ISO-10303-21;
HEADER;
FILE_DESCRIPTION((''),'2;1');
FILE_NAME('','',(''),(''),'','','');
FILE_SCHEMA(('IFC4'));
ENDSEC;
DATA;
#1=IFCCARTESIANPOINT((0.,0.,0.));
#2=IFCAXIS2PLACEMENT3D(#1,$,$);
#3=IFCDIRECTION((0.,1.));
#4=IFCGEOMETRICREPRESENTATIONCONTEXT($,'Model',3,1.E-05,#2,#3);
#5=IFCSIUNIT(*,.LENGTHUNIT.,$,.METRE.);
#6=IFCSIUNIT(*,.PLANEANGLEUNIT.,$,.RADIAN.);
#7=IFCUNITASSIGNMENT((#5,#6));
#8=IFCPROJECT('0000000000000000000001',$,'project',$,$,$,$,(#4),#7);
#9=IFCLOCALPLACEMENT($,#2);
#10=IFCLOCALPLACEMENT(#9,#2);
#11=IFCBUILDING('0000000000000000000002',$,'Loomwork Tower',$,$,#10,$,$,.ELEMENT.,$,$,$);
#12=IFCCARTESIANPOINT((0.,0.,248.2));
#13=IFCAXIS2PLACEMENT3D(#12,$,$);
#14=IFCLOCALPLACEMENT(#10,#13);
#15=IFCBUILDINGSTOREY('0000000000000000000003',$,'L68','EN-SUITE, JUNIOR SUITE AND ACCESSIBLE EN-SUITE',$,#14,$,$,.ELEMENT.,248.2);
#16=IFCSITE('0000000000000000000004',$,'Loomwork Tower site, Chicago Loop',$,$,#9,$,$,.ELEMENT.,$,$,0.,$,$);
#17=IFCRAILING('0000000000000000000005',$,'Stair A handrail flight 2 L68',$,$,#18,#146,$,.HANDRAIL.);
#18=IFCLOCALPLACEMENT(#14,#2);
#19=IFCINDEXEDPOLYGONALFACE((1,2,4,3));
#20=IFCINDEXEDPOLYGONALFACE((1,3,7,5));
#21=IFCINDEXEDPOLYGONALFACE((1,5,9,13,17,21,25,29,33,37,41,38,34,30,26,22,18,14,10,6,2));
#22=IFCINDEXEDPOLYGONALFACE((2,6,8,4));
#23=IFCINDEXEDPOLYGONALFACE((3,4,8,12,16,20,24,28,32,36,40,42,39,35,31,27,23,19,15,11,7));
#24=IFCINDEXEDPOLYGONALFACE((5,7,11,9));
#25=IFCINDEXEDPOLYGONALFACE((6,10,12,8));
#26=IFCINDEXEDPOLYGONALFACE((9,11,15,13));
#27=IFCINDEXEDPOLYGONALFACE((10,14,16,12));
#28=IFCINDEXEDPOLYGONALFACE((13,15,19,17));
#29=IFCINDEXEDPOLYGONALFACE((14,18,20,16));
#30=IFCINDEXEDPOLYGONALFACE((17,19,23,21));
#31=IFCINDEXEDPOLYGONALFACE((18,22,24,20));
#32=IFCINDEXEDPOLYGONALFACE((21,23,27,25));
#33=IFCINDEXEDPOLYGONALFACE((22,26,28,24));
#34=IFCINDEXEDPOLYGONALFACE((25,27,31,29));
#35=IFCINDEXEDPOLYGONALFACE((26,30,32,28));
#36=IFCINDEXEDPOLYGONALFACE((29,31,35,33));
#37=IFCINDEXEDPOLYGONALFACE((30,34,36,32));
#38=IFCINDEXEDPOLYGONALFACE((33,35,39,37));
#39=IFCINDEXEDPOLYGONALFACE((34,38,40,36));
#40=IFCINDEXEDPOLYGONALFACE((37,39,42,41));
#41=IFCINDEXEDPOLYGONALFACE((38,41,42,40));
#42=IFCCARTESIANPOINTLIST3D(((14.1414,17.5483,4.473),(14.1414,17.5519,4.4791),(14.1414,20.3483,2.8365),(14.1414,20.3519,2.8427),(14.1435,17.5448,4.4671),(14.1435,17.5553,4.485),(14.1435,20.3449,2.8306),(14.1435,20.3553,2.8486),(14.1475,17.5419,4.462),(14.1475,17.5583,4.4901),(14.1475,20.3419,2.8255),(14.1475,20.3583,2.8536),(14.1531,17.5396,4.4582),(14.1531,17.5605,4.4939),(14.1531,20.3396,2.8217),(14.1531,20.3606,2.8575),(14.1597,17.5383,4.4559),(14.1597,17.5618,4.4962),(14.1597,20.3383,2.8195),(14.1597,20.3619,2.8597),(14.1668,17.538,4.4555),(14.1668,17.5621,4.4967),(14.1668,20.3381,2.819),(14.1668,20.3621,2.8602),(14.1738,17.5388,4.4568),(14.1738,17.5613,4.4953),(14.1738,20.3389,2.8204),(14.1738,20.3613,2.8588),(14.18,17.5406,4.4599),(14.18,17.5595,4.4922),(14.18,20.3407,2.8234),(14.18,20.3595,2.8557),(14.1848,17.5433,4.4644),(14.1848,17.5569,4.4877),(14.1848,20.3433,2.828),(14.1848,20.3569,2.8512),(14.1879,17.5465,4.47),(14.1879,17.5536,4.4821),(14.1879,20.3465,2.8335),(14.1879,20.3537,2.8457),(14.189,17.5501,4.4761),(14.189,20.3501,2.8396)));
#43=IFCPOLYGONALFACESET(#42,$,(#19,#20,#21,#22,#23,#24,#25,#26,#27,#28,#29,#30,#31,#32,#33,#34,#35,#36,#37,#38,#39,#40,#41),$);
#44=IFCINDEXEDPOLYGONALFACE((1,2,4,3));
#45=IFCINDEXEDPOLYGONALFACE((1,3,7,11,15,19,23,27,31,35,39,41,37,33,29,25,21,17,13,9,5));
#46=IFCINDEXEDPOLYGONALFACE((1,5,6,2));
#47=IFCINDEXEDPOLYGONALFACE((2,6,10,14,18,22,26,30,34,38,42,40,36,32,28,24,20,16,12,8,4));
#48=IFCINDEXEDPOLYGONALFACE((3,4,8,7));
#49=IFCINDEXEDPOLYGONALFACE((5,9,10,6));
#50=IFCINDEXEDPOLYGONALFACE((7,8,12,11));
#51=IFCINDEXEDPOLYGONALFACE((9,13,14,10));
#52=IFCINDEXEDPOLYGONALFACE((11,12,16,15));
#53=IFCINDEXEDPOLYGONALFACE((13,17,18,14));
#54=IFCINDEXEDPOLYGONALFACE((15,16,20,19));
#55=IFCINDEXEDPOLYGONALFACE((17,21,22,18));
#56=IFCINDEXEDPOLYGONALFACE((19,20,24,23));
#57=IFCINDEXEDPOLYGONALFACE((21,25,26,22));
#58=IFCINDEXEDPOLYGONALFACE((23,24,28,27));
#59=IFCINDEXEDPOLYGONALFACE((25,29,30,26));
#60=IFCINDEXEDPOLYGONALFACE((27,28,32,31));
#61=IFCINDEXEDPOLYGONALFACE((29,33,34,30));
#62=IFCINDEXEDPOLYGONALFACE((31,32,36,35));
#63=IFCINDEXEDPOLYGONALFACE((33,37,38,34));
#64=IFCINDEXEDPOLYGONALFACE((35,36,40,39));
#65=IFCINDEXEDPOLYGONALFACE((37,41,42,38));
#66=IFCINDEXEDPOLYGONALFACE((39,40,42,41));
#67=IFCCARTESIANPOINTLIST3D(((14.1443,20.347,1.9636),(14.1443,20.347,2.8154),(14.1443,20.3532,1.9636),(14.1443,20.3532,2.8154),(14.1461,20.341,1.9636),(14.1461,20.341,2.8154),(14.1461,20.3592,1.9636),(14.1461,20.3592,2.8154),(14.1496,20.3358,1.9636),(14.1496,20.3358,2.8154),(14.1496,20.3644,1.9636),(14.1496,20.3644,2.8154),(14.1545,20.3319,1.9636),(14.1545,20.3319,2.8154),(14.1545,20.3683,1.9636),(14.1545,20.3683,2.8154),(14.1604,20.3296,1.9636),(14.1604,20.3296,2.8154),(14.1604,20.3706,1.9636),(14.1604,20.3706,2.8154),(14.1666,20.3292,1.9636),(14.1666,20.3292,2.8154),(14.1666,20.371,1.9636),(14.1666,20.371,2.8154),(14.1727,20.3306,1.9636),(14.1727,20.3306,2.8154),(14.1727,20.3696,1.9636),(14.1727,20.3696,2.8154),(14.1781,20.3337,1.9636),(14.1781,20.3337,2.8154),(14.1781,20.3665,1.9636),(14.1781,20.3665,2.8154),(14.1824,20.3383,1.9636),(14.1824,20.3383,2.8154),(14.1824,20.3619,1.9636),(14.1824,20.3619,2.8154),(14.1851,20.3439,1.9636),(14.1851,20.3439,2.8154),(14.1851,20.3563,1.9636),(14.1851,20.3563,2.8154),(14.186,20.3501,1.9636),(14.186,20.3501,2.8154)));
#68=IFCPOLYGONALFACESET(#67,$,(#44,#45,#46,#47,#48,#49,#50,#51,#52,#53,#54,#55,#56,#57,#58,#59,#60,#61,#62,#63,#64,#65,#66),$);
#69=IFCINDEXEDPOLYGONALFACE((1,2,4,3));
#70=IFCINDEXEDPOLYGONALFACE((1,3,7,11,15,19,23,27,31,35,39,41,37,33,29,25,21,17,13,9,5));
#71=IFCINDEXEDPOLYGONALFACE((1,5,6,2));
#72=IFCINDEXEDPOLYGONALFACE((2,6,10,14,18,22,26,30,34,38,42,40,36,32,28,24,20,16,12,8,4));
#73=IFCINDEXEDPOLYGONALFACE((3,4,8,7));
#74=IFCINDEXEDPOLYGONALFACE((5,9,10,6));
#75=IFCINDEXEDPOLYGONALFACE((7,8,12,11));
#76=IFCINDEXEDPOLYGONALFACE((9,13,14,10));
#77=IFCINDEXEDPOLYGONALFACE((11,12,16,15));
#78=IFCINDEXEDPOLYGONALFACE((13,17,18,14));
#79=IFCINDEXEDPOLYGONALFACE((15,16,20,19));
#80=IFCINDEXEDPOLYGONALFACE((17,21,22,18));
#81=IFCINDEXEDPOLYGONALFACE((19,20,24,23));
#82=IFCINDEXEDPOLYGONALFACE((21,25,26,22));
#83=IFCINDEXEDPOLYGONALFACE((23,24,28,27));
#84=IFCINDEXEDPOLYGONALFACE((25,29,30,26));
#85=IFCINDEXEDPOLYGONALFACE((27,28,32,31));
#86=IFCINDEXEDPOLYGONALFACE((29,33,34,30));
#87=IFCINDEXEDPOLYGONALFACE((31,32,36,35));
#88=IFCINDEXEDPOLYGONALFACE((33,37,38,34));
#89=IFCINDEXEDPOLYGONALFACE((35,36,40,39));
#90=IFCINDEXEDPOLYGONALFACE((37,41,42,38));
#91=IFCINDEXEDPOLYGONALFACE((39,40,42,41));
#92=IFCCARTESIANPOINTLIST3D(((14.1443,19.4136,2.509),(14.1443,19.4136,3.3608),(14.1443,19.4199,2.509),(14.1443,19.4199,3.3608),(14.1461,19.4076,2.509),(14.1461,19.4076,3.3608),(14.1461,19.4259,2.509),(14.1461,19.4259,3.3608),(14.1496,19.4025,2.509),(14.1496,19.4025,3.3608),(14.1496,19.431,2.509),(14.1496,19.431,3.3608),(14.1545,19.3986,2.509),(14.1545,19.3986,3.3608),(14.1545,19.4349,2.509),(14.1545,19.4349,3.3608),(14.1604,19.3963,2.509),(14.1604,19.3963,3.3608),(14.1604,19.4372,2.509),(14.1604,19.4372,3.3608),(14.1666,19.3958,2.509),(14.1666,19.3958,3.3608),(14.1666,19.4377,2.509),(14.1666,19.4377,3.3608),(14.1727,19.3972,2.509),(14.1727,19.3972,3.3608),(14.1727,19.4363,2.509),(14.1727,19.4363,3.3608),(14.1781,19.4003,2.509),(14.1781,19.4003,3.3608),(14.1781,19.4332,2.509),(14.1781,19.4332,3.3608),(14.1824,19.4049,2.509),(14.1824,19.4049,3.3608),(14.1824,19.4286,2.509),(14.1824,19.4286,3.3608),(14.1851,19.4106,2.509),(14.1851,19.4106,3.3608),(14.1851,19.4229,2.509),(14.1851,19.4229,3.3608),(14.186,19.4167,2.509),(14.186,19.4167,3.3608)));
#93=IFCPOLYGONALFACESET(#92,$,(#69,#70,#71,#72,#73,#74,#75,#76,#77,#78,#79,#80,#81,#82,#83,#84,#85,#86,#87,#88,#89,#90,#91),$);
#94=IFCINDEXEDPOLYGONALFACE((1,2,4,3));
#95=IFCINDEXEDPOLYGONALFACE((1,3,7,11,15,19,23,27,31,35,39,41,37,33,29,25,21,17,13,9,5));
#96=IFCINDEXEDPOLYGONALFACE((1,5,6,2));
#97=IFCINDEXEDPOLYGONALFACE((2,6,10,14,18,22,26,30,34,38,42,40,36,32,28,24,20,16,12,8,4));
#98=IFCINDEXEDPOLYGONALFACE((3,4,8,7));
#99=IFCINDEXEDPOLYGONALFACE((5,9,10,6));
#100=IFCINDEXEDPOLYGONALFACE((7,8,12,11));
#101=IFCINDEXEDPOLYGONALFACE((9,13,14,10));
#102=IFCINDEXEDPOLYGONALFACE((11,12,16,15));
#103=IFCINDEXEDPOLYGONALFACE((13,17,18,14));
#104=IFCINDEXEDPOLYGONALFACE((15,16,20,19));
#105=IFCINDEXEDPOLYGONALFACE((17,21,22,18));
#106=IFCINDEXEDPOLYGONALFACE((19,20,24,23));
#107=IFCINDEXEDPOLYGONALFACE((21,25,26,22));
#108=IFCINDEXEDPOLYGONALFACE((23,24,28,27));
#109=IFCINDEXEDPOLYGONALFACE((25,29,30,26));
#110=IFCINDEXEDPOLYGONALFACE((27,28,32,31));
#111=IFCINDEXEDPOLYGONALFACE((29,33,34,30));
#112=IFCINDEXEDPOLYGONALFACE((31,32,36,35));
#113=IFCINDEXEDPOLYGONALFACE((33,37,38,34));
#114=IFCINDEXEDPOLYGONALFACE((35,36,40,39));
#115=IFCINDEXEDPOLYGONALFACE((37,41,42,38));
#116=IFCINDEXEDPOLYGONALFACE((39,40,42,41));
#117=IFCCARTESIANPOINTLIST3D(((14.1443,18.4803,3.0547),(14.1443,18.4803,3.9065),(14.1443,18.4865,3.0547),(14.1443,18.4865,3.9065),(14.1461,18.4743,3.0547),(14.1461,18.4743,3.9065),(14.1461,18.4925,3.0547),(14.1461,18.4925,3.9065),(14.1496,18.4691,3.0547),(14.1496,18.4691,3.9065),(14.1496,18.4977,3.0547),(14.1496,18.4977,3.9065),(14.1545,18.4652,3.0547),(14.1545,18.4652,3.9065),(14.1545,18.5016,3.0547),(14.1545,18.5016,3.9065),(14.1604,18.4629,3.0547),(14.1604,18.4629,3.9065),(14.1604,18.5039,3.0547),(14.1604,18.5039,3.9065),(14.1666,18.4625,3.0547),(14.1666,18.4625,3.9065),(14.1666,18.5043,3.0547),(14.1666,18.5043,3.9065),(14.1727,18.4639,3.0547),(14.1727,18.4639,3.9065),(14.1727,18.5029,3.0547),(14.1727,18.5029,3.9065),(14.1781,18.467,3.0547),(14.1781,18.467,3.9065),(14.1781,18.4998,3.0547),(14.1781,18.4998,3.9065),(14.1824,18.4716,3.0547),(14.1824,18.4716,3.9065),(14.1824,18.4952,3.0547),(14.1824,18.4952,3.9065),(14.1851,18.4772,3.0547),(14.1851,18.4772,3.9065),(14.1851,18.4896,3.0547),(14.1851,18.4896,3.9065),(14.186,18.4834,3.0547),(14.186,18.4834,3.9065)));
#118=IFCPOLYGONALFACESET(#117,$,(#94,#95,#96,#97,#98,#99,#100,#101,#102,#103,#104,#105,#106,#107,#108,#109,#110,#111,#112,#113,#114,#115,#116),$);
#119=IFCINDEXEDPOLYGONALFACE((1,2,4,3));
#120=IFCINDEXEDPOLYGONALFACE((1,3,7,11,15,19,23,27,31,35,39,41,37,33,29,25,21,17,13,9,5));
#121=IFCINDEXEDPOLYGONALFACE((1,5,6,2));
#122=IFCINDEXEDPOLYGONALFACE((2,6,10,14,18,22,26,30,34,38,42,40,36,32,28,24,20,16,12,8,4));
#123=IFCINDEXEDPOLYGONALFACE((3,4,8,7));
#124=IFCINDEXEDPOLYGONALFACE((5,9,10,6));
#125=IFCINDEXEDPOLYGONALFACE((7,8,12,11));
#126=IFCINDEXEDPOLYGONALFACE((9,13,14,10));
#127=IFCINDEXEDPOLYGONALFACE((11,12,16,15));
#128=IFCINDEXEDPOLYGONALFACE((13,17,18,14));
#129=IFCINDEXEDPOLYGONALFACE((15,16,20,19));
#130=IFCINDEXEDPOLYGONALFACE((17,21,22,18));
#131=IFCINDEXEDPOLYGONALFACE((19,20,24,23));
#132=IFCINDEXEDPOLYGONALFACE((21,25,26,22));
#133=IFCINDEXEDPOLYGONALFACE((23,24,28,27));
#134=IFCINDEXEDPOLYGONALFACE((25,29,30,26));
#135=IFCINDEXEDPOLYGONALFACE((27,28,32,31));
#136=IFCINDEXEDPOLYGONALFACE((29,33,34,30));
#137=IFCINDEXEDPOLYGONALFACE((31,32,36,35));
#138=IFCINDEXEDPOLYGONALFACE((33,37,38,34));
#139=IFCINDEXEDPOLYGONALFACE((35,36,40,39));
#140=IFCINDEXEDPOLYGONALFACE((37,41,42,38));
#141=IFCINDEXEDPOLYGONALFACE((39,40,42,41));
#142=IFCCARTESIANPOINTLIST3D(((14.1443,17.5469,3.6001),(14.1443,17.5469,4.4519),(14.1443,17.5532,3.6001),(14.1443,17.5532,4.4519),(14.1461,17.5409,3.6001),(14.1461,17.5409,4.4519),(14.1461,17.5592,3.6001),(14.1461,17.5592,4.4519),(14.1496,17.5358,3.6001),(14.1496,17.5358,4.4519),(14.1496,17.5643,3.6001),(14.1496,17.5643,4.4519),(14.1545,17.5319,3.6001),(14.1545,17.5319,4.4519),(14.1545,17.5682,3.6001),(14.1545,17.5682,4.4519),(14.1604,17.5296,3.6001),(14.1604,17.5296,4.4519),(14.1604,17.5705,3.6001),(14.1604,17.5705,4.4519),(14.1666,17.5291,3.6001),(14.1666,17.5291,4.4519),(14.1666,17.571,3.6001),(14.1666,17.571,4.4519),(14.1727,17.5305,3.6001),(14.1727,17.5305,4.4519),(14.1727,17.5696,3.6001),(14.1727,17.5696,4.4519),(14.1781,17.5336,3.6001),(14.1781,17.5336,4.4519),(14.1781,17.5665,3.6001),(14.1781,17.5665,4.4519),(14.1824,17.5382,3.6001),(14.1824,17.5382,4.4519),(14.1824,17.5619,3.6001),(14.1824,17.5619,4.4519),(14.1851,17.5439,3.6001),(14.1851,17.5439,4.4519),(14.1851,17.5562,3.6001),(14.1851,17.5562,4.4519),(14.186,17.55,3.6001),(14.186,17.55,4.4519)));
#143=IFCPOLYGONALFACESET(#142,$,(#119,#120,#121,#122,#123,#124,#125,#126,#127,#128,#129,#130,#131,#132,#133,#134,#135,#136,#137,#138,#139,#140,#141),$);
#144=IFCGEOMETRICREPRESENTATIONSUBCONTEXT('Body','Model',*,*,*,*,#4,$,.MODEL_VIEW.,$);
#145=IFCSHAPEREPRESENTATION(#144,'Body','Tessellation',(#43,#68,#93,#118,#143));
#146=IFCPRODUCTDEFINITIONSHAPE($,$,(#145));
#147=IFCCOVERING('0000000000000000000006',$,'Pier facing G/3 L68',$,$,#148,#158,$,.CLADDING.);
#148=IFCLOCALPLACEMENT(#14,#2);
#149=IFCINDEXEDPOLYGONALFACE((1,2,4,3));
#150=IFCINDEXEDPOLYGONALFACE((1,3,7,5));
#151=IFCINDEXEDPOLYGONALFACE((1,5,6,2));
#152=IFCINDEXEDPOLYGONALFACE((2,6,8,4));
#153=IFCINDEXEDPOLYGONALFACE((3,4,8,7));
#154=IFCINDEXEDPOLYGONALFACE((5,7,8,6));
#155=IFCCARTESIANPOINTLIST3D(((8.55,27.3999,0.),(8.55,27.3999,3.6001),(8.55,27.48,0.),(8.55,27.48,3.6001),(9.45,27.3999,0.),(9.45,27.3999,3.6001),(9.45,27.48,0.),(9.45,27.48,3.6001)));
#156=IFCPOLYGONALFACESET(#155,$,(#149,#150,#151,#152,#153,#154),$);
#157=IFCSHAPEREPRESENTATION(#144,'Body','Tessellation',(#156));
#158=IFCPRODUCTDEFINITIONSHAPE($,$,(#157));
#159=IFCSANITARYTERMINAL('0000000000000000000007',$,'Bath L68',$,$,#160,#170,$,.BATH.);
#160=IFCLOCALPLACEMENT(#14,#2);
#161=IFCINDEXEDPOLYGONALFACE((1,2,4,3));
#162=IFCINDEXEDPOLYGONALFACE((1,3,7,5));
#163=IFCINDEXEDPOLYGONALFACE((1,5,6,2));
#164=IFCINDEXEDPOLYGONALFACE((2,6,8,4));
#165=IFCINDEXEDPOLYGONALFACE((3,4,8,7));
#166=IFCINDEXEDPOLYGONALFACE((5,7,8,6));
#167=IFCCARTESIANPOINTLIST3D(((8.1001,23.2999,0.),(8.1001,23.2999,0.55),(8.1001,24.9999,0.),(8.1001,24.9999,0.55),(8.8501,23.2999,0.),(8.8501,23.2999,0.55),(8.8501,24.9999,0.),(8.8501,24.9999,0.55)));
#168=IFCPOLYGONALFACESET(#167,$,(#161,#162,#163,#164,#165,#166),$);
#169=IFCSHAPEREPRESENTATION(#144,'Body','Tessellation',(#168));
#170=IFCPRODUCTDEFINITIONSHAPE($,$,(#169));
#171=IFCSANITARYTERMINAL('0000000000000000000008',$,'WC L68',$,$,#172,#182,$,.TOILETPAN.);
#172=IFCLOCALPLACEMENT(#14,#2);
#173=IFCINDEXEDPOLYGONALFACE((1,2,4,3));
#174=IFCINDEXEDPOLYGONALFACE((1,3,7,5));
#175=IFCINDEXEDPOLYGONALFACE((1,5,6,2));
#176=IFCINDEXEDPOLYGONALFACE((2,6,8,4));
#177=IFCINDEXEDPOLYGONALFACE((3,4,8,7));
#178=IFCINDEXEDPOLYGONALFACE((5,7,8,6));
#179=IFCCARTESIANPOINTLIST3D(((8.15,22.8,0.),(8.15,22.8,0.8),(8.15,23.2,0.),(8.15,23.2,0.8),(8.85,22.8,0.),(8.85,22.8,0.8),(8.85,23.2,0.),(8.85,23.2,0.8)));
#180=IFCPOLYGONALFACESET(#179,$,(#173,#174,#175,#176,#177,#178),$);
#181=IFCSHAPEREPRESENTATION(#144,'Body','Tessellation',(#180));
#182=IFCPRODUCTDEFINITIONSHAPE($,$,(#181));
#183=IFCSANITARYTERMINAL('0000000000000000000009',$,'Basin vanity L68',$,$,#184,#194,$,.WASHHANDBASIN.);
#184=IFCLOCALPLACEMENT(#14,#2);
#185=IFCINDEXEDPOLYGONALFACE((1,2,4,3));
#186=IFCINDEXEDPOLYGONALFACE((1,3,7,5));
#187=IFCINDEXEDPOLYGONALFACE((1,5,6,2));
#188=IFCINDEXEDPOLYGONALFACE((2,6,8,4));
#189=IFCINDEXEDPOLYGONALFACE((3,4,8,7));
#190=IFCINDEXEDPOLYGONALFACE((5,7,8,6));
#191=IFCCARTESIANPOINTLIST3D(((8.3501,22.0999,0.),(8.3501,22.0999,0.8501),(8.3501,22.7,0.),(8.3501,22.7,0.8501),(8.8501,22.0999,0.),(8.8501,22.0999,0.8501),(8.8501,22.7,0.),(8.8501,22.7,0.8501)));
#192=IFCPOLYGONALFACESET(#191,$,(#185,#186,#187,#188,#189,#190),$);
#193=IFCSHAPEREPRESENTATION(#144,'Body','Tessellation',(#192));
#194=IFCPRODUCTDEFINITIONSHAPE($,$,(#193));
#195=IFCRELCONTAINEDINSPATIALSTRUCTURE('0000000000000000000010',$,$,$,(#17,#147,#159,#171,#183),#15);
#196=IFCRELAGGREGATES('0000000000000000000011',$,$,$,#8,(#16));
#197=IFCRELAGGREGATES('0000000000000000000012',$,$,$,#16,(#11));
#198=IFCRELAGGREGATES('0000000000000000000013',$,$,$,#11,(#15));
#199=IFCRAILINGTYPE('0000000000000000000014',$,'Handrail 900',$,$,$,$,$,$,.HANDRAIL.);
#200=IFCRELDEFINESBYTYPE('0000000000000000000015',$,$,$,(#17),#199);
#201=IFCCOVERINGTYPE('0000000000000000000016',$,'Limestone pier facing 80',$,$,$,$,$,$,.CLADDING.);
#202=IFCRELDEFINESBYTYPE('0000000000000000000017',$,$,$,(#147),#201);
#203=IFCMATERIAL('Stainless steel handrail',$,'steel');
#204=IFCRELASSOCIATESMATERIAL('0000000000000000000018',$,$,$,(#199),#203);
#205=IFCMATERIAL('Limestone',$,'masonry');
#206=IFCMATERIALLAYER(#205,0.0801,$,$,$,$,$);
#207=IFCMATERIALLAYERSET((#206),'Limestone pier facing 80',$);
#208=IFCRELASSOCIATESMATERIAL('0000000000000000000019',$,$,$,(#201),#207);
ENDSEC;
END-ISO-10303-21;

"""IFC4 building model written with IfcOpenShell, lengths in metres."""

from ifc_helpers import new_model, si_unit, direction, frame, origin, origin_2d, place, context, subcontext, project, spatial, rectangle, circle, extrude, material, layer, layer_set, type_object, element, save


model = new_model("IFC4")

# Units and contexts
model_context = context("Model", 3, precision=1e-05, world=origin(), true_north=direction((0.0, 1.0)))
body_context = subcontext(model_context, "Body", "Model", "MODEL_VIEW")
ifc_project = project(units=[si_unit("LENGTHUNIT", "METRE"), si_unit("PLANEANGLEUNIT", "RADIAN")], contexts=[model_context])

# Site, building, storey
site_placement = place(None, origin())
site = spatial("IfcSite", under=ifc_project, at=site_placement, Name="Loomwork Tower site, Chicago Loop", CompositionType="ELEMENT", RefElevation=0.0)
building_placement = place(site_placement, origin())
building = spatial("IfcBuilding", under=site, at=building_placement, Name="Loomwork Tower", CompositionType="ELEMENT")
storey_placement = place(building_placement, frame((0.0, 0.0, 248.2)))
storey = spatial("IfcBuildingStorey", under=building, at=storey_placement, Name="L68", Description="EN-SUITE, JUNIOR SUITE AND ACCESSIBLE EN-SUITE", CompositionType="ELEMENT", Elevation=248.2)

# Railing
ifc_material_1 = material(Name="Stainless steel handrail", Category="steel")
railing_type = type_object("IfcRailingType", Name="Handrail 900", PredefinedType="HANDRAIL", material=ifc_material_1)
railing_placement = place(storey_placement, frame((14.165, 20.3501, 1.9636)))
element("IfcRailing", 1, at=railing_placement, inside=storey, type_object=railing_type, Name="Stair A handrail flight 2 L68", PredefinedType="HANDRAIL", context=body_context, shape_type="SweptSolid", body=[
    extrude(circle(Radius=0.0239, at=origin_2d()), frame((0.0, 0.0, 0.876), z_axis=(0.0, -0.863361, 0.504587), x_axis=(1.0, 0.0, 0.0)), (0.0, 0.0, 1.0), 3.2432),
    extrude(circle(Radius=0.021, at=origin_2d()), origin(), (0.0, 0.0, 1.0), 0.8518),
    extrude(circle(Radius=0.021, at=origin_2d()), frame((0.0, -0.9333, 0.5454)), (0.0, 0.0, 1.0), 0.8518),
    extrude(circle(Radius=0.021, at=origin_2d()), frame((0.0, -1.8667, 1.0911)), (0.0, 0.0, 1.0), 0.8518),
    extrude(circle(Radius=0.021, at=origin_2d()), frame((0.0, -2.8, 1.6365)), (0.0, 0.0, 1.0), 0.8518),
])

# Covering
ifc_material_2 = material(Name="Limestone", Category="masonry")
ifc_layer_1 = layer(ifc_material_2, 0.0801)
ifc_layer_set_1 = layer_set([ifc_layer_1], Name="Limestone pier facing 80")
covering_type = type_object("IfcCoveringType", Name="Limestone pier facing 80", PredefinedType="CLADDING", material=ifc_layer_set_1)
covering_placement = place(storey_placement, frame((9.0, 27.4399, 0.0), z_axis=(0.0, 0.0, 1.0), x_axis=(1.0, 0.0, 0.0)))
element("IfcCovering", 2, at=covering_placement, inside=storey, type_object=covering_type, Name="Pier facing G/3 L68", PredefinedType="CLADDING", context=body_context, shape_type="SweptSolid", body=[
    extrude(rectangle(XDim=0.8999, YDim=0.0801, at=origin_2d()), origin(), (0.0, 0.0, 1.0), 3.6001),
])

# Sanitary terminals
sanitary_terminal_1_placement = place(storey_placement, frame((8.4751, 24.1499, 0.0), z_axis=(0.0, 0.0, 1.0), x_axis=(1.0, 0.0, 0.0)))
element("IfcSanitaryTerminal", 3, at=sanitary_terminal_1_placement, inside=storey, Name="Bath L68", PredefinedType="BATH", context=body_context, shape_type="SweptSolid", body=[
    extrude(rectangle(XDim=0.75, YDim=1.7, at=origin_2d()), origin(), (0.0, 0.0, 1.0), 0.55),
])
sanitary_terminal_2_placement = place(storey_placement, frame((8.5, 23.0, 0.0), z_axis=(0.0, 0.0, 1.0), x_axis=(1.0, 0.0, 0.0)))
element("IfcSanitaryTerminal", 4, at=sanitary_terminal_2_placement, inside=storey, Name="WC L68", PredefinedType="TOILETPAN", context=body_context, shape_type="SweptSolid", body=[
    extrude(rectangle(XDim=0.7, YDim=0.3999, at=origin_2d()), origin(), (0.0, 0.0, 1.0), 0.8),
])
sanitary_terminal_3_placement = place(storey_placement, frame((8.6001, 22.3999, 0.0), z_axis=(0.0, 0.0, 1.0), x_axis=(1.0, 0.0, 0.0)))
element("IfcSanitaryTerminal", 5, at=sanitary_terminal_3_placement, inside=storey, Name="Basin vanity L68", PredefinedType="WASHHANDBASIN", context=body_context, shape_type="SweptSolid", body=[
    extrude(rectangle(XDim=0.5, YDim=0.6001, at=origin_2d()), origin(), (0.0, 0.0, 1.0), 0.8501),
])

save(model, "model.ifc")
